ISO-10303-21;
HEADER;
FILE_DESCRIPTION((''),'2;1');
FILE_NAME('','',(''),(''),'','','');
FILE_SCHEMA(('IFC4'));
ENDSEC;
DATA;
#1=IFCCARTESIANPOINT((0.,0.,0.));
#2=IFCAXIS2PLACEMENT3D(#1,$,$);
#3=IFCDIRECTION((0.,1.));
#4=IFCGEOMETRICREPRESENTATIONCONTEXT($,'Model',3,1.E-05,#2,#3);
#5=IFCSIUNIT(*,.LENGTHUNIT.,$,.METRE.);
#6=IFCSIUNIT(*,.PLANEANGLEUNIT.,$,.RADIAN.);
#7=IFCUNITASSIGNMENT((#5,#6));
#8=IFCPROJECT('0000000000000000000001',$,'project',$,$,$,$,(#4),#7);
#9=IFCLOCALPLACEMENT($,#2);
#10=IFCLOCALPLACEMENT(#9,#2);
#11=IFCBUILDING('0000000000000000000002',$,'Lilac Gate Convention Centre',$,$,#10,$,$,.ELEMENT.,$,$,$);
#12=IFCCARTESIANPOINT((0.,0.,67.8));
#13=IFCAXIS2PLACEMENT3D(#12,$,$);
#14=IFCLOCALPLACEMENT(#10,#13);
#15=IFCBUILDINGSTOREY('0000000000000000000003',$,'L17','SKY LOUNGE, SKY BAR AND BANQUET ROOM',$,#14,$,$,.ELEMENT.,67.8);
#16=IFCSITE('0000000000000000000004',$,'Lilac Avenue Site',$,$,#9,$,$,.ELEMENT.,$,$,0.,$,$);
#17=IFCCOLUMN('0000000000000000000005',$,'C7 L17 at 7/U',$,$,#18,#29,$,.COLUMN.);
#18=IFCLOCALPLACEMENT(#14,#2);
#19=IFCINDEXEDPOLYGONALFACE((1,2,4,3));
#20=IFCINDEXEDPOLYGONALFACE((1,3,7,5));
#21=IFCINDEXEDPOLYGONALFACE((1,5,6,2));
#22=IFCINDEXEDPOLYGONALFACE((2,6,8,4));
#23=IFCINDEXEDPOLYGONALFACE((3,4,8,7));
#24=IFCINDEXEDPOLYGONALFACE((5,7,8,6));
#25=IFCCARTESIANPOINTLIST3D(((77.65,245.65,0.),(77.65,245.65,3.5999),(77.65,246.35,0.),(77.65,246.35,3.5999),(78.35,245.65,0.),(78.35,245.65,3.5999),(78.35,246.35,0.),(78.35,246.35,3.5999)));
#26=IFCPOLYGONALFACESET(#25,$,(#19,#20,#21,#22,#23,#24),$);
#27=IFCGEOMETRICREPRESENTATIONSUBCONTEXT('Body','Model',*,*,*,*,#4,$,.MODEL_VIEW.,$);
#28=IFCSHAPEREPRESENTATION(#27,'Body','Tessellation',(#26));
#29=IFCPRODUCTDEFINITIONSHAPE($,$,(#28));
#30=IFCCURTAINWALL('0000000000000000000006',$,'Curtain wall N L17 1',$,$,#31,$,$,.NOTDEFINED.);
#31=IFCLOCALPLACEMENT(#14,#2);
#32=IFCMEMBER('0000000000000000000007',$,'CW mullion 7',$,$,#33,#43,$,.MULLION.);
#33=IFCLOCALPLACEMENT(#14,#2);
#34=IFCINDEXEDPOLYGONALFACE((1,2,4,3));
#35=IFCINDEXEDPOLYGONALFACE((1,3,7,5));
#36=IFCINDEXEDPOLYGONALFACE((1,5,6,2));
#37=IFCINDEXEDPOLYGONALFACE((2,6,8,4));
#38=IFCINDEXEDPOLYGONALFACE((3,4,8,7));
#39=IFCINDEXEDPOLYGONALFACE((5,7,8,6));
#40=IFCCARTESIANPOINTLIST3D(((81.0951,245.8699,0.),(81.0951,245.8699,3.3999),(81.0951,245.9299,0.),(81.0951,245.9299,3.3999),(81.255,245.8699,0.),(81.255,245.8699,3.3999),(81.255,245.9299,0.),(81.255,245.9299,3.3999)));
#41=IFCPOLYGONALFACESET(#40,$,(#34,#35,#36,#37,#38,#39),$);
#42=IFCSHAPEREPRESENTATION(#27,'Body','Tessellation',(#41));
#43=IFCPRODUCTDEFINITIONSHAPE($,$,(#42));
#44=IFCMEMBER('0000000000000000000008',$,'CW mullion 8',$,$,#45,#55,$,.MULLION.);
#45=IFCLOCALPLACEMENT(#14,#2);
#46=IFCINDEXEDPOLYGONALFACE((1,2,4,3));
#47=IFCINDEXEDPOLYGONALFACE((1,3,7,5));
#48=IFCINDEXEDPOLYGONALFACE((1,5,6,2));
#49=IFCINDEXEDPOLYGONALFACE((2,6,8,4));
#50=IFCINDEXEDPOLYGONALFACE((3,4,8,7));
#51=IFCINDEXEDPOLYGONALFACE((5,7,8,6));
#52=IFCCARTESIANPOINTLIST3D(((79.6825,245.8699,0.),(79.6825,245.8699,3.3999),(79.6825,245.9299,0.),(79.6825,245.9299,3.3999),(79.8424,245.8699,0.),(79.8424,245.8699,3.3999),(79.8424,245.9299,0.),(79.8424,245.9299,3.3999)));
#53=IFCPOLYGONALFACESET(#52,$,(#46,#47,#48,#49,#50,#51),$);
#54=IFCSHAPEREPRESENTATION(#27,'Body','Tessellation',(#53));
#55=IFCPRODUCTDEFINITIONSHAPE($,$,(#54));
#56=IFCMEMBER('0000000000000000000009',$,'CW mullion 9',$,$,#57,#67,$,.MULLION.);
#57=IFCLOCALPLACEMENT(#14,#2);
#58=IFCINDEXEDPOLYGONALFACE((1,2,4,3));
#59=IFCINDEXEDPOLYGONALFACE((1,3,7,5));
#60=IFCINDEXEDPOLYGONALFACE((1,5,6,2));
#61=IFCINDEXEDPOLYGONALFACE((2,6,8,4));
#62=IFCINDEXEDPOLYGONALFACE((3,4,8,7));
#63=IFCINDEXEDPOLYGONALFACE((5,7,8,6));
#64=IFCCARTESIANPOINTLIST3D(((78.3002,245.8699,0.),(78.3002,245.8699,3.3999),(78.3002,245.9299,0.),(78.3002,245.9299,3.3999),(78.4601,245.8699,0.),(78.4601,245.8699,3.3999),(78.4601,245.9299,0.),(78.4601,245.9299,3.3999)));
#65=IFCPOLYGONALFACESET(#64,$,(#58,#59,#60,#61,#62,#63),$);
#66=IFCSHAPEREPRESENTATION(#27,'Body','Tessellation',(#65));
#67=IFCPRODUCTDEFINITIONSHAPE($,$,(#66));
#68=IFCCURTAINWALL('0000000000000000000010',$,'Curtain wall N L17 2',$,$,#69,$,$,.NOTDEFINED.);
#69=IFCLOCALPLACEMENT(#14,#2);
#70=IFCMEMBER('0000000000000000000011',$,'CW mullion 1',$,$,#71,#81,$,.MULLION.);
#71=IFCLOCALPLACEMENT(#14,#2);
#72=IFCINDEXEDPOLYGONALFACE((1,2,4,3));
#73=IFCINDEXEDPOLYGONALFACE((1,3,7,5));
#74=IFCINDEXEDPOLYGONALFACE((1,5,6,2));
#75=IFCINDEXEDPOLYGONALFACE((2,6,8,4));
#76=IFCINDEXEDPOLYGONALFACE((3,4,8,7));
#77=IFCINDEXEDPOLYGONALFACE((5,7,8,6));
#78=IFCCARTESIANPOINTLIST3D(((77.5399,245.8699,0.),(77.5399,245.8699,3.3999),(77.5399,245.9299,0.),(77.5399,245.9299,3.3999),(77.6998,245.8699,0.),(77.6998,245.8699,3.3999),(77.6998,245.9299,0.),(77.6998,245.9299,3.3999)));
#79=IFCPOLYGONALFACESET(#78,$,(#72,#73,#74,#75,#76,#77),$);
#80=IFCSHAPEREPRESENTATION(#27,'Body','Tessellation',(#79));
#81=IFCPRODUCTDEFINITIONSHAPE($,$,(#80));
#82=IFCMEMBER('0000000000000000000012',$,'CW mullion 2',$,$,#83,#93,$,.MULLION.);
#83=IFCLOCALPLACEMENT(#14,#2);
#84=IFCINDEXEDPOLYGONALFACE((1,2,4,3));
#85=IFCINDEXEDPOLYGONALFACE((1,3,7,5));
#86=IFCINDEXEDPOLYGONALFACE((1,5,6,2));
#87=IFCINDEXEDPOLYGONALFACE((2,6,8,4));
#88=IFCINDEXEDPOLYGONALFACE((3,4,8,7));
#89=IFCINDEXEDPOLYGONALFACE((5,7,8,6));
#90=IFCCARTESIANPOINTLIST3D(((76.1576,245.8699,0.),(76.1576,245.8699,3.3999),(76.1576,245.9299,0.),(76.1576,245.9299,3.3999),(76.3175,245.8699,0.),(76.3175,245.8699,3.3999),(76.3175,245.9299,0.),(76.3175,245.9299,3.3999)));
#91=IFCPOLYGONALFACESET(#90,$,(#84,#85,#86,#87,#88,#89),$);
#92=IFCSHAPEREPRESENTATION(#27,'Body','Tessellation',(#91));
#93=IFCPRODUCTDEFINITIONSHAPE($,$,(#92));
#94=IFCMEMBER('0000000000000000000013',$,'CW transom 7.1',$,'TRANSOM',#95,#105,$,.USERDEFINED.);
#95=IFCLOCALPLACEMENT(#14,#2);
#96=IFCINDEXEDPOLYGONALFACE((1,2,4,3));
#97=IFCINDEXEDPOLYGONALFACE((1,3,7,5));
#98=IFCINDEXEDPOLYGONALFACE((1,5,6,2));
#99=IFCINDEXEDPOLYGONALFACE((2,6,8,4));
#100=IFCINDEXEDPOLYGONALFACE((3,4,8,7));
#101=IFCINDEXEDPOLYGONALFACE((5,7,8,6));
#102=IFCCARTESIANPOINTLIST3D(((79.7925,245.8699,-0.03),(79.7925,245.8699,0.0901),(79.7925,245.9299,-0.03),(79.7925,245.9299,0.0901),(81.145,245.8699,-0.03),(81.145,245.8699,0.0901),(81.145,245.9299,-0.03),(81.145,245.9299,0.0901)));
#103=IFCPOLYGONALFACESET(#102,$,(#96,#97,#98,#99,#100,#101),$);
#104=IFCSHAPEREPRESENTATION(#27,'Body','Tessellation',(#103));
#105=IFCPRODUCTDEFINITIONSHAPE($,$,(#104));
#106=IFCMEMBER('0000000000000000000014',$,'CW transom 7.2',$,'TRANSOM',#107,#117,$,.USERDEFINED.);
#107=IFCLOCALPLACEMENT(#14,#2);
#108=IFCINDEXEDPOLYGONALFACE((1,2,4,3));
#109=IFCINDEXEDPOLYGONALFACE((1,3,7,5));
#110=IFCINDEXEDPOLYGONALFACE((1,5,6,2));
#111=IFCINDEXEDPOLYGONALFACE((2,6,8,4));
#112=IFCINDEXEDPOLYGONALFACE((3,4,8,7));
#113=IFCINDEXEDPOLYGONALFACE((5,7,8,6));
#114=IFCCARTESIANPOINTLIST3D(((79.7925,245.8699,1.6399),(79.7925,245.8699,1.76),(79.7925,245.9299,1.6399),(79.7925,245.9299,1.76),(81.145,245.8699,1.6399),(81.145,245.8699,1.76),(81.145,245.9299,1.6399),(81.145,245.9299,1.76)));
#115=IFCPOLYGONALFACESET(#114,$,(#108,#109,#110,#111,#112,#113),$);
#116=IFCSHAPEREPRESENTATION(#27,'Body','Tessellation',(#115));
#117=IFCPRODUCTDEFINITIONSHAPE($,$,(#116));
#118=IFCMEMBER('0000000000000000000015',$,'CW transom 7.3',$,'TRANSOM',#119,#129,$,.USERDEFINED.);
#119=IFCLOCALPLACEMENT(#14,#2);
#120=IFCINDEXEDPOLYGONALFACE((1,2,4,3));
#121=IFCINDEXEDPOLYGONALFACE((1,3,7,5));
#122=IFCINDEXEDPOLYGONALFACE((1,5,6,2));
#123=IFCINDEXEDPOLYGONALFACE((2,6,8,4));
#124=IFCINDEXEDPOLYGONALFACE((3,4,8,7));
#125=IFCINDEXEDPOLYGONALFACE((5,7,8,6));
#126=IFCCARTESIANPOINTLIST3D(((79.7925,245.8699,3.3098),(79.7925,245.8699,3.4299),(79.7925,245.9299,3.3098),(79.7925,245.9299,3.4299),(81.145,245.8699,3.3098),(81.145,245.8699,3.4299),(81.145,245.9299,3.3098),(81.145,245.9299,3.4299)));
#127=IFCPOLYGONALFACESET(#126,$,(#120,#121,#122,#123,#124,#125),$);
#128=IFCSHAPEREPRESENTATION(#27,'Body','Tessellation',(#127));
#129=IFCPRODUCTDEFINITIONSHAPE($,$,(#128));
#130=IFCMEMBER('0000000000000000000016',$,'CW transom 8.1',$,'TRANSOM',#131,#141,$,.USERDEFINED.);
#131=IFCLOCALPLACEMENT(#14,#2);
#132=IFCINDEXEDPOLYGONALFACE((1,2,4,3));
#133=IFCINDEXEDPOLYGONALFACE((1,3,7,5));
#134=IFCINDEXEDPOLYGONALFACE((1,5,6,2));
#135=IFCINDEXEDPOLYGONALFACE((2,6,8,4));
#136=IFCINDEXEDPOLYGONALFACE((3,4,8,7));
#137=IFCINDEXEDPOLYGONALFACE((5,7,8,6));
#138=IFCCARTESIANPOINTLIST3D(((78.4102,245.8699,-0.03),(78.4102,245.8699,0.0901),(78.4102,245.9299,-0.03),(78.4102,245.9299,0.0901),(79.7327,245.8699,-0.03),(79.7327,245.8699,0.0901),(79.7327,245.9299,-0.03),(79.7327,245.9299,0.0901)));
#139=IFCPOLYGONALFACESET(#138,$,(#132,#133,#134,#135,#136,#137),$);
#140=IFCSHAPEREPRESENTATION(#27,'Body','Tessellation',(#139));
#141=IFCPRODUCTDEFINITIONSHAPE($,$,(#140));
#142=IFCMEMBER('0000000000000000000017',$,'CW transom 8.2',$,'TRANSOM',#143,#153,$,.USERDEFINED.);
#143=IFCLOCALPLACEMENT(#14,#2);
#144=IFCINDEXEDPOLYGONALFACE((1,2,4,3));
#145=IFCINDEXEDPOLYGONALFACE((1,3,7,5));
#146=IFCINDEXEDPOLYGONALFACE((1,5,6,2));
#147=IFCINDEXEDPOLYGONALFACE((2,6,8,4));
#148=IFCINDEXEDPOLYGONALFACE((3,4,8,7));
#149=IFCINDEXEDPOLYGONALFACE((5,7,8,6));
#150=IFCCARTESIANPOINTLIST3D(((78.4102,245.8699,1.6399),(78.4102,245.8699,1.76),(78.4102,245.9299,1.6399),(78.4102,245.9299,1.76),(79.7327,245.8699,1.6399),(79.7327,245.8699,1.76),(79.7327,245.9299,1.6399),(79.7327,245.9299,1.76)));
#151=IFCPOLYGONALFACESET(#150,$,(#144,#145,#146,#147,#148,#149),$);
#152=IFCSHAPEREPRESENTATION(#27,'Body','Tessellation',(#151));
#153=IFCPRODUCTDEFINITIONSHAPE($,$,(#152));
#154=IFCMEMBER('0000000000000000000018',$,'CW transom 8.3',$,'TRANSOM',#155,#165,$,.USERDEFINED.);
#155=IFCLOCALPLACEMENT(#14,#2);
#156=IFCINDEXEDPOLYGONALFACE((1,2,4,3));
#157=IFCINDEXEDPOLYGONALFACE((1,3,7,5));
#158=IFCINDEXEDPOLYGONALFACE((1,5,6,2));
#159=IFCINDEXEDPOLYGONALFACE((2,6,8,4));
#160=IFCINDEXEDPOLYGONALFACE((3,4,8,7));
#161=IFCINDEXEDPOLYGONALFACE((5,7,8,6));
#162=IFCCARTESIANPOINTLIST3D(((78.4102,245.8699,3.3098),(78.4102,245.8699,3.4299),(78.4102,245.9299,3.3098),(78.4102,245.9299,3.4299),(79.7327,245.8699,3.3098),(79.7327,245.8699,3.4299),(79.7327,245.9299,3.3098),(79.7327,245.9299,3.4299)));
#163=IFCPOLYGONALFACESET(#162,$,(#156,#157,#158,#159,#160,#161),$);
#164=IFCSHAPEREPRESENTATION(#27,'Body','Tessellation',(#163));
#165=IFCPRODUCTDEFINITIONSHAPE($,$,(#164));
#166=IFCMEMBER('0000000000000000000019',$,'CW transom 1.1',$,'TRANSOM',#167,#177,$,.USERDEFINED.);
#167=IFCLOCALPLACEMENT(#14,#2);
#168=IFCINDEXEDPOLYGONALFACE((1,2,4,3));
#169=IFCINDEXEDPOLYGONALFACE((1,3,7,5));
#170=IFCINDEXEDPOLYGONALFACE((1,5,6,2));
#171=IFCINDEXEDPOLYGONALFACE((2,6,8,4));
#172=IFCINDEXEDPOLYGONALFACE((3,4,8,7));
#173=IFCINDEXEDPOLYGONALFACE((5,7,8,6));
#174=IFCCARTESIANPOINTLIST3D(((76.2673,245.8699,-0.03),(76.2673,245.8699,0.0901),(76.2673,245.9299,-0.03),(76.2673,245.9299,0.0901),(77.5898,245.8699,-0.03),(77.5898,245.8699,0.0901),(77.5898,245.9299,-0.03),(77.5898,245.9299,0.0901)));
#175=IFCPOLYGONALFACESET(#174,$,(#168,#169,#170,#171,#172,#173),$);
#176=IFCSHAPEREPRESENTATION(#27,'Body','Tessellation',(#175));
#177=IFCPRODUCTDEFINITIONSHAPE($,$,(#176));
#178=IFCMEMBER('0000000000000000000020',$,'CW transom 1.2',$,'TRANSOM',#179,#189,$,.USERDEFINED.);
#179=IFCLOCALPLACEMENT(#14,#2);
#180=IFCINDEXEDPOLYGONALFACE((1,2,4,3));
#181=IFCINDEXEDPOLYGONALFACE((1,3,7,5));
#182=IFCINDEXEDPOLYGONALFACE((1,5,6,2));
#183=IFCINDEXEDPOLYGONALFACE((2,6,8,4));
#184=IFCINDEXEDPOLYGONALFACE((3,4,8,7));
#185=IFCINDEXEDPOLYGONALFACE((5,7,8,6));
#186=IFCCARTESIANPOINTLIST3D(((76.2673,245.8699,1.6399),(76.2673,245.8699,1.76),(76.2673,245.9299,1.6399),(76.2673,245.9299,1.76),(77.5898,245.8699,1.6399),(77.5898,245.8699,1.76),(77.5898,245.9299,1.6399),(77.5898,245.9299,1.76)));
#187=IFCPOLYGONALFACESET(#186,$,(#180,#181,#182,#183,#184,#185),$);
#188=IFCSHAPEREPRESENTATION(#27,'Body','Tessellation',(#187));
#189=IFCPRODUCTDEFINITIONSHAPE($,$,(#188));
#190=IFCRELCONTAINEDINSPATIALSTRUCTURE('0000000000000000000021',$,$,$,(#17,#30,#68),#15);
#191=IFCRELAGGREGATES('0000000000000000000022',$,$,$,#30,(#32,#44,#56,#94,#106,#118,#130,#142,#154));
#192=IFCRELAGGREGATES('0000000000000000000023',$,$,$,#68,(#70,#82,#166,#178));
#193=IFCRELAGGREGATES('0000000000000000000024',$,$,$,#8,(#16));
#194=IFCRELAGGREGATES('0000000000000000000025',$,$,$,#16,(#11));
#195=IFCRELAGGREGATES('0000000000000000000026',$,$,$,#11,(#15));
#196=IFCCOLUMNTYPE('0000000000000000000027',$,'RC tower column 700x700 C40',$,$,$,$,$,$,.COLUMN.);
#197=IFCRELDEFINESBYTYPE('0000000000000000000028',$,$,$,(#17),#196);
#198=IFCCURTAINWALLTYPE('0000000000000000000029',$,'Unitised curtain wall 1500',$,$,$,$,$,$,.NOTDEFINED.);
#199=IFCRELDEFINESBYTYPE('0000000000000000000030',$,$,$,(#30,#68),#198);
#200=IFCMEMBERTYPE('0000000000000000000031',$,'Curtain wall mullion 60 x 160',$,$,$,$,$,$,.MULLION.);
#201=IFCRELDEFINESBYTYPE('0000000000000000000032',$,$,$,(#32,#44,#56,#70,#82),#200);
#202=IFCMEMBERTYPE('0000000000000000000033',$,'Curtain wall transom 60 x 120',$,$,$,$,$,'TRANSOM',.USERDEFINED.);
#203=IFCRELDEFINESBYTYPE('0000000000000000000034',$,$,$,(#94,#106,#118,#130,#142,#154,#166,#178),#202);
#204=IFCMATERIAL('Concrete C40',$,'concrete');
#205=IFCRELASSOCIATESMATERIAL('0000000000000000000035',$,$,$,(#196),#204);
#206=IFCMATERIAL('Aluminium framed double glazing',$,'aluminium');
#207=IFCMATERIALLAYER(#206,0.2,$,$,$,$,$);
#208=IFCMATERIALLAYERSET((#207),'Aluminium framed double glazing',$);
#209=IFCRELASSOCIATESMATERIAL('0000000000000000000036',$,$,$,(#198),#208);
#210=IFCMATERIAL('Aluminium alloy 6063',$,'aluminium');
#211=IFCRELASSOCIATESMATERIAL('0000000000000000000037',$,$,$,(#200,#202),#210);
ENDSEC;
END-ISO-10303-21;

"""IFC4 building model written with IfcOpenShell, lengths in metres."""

from ifc_helpers import new_model, si_unit, direction, frame, origin, origin_2d, place, context, subcontext, project, spatial, rectangle, extrude, material, layer, layer_set, material_profile, profile_set, type_object, element, aggregate, save


model = new_model("IFC4")

# Units and contexts
model_context = context("Model", 3, precision=1e-05, world=origin(), true_north=direction((0.0, 1.0)))
body_context = subcontext(model_context, "Body", "Model", "MODEL_VIEW")
ifc_project = project(units=[si_unit("LENGTHUNIT", "METRE"), si_unit("PLANEANGLEUNIT", "RADIAN")], contexts=[model_context])

# Site, building, storey
site_placement = place(None, origin())
site = spatial("IfcSite", under=ifc_project, at=site_placement, Name="Lilac Avenue Site", CompositionType="ELEMENT", RefElevation=0.0)
building_placement = place(site_placement, origin())
building = spatial("IfcBuilding", under=site, at=building_placement, Name="Lilac Gate Convention Centre", CompositionType="ELEMENT")
storey_placement = place(building_placement, frame((0.0, 0.0, 67.8)))
storey = spatial("IfcBuildingStorey", under=building, at=storey_placement, Name="L17", Description="SKY LOUNGE, SKY BAR AND BANQUET ROOM", CompositionType="ELEMENT", Elevation=67.8)

# Column
ifc_material_1 = material(Name="Concrete C40", Category="concrete")
ifc_material_profile_1 = material_profile(ifc_material_1, rectangle(XDim=0.7, YDim=0.7, at=origin_2d()), Name="RC 700x700")
ifc_profile_set_1 = profile_set([ifc_material_profile_1], Name="Concrete C40")
column_type = type_object("IfcColumnType", Name="RC tower column 700x700 C40", PredefinedType="COLUMN", material=ifc_profile_set_1)
column_placement = place(storey_placement, frame((78.0, 246.0, 0.0), z_axis=(0.0, 0.0, 1.0), x_axis=(1.0, 0.0, 0.0)))
element("IfcColumn", 1, at=column_placement, inside=storey, type_object=column_type, Name="C7 L17 at 7/U", PredefinedType="COLUMN", context=body_context, shape_type="SweptSolid", body=[
    extrude(rectangle(XDim=0.7, YDim=0.7, at=origin_2d()), origin(), (0.0, 0.0, 1.0), 3.5999),
])

# Curtain walls, members
ifc_material_2 = material(Name="Aluminium framed double glazing", Category="aluminium")
ifc_layer_1 = layer(ifc_material_2, 0.2)
ifc_layer_set_1 = layer_set([ifc_layer_1], Name="Aluminium framed double glazing")
curtain_wall_type = type_object("IfcCurtainWallType", Name="Unitised curtain wall 1500", PredefinedType="NOTDEFINED", material=ifc_layer_set_1)
curtain_wall_1_placement = place(storey_placement, origin())
curtain_wall_1 = element("IfcCurtainWall", 2, at=curtain_wall_1_placement, inside=storey, type_object=curtain_wall_type, Name="Curtain wall N L17 1", PredefinedType="NOTDEFINED")
ifc_material_3 = material(Name="Aluminium alloy 6063", Category="aluminium")
ifc_material_profile_2 = material_profile(ifc_material_3, rectangle(XDim=0.0601, YDim=0.1599, at=origin_2d()), Name="Curtain wall mullion 60 x 160")
ifc_profile_set_2 = profile_set([ifc_material_profile_2], Name="Aluminium alloy 6063")
member_type_1 = type_object("IfcMemberType", Name="Curtain wall mullion 60 x 160", PredefinedType="MULLION", material=ifc_profile_set_2)
member_1_placement = place(storey_placement, frame((81.175, 245.8999, 0.0), z_axis=(0.0, 0.0, 1.0), x_axis=(0.0, -1.0, 0.0)))
member_1 = element("IfcMember", 3, at=member_1_placement, type_object=member_type_1, Name="CW mullion 7", PredefinedType="MULLION", context=body_context, shape_type="SweptSolid", body=[
    extrude(rectangle(XDim=0.0601, YDim=0.1599, at=origin_2d()), origin(), (0.0, 0.0, 1.0), 3.3999),
])
member_2_placement = place(storey_placement, frame((79.7625, 245.8999, 0.0), z_axis=(0.0, 0.0, 1.0), x_axis=(0.0, -1.0, 0.0)))
member_2 = element("IfcMember", 4, at=member_2_placement, type_object=member_type_1, Name="CW mullion 8", PredefinedType="MULLION", context=body_context, shape_type="SweptSolid", body=[
    extrude(rectangle(XDim=0.0601, YDim=0.1599, at=origin_2d()), origin(), (0.0, 0.0, 1.0), 3.3999),
])
member_3_placement = place(storey_placement, frame((78.3801, 245.8999, 0.0), z_axis=(0.0, 0.0, 1.0), x_axis=(0.0, -1.0, 0.0)))
member_3 = element("IfcMember", 5, at=member_3_placement, type_object=member_type_1, Name="CW mullion 9", PredefinedType="MULLION", context=body_context, shape_type="SweptSolid", body=[
    extrude(rectangle(XDim=0.0601, YDim=0.1599, at=origin_2d()), origin(), (0.0, 0.0, 1.0), 3.3999),
])
curtain_wall_2_placement = place(storey_placement, origin())
curtain_wall_2 = element("IfcCurtainWall", 6, at=curtain_wall_2_placement, inside=storey, type_object=curtain_wall_type, Name="Curtain wall N L17 2", PredefinedType="NOTDEFINED")
member_4_placement = place(storey_placement, frame((77.6199, 245.8999, 0.0), z_axis=(0.0, 0.0, 1.0), x_axis=(0.0, -1.0, 0.0)))
member_4 = element("IfcMember", 7, at=member_4_placement, type_object=member_type_1, Name="CW mullion 1", PredefinedType="MULLION", context=body_context, shape_type="SweptSolid", body=[
    extrude(rectangle(XDim=0.0601, YDim=0.1599, at=origin_2d()), origin(), (0.0, 0.0, 1.0), 3.3999),
])
member_5_placement = place(storey_placement, frame((76.2375, 245.8999, 0.0), z_axis=(0.0, 0.0, 1.0), x_axis=(0.0, -1.0, 0.0)))
member_5 = element("IfcMember", 8, at=member_5_placement, type_object=member_type_1, Name="CW mullion 2", PredefinedType="MULLION", context=body_context, shape_type="SweptSolid", body=[
    extrude(rectangle(XDim=0.0601, YDim=0.1599, at=origin_2d()), origin(), (0.0, 0.0, 1.0), 3.3999),
])

# Members
ifc_material_profile_3 = material_profile(ifc_material_3, rectangle(XDim=0.0601, YDim=0.1201, at=origin_2d()), Name="Curtain wall transom 60 x 120")
ifc_profile_set_3 = profile_set([ifc_material_profile_3], Name="Aluminium alloy 6063")
member_type_2 = type_object("IfcMemberType", Name="Curtain wall transom 60 x 120", ElementType="TRANSOM", PredefinedType="USERDEFINED", material=ifc_profile_set_3)
member_6_placement = place(storey_placement, frame((81.145, 245.8999, 0.03), z_axis=(-1.0, 0.0, 0.0), x_axis=(0.0, -1.0, 0.0)))
member_6 = element("IfcMember", 9, at=member_6_placement, type_object=member_type_2, Name="CW transom 7.1", ObjectType="TRANSOM", PredefinedType="USERDEFINED", context=body_context, shape_type="SweptSolid", body=[
    extrude(rectangle(XDim=0.0601, YDim=0.1201, at=origin_2d()), origin(), (0.0, 0.0, 1.0), 1.3525),
])
member_7_placement = place(storey_placement, frame((81.145, 245.8999, 1.7), z_axis=(-1.0, 0.0, 0.0), x_axis=(0.0, -1.0, 0.0)))
member_7 = element("IfcMember", 10, at=member_7_placement, type_object=member_type_2, Name="CW transom 7.2", ObjectType="TRANSOM", PredefinedType="USERDEFINED", context=body_context, shape_type="SweptSolid", body=[
    extrude(rectangle(XDim=0.0601, YDim=0.1201, at=origin_2d()), origin(), (0.0, 0.0, 1.0), 1.3525),
])
member_8_placement = place(storey_placement, frame((81.145, 245.8999, 3.3699), z_axis=(-1.0, 0.0, 0.0), x_axis=(0.0, -1.0, 0.0)))
member_8 = element("IfcMember", 11, at=member_8_placement, type_object=member_type_2, Name="CW transom 7.3", ObjectType="TRANSOM", PredefinedType="USERDEFINED", context=body_context, shape_type="SweptSolid", body=[
    extrude(rectangle(XDim=0.0601, YDim=0.1201, at=origin_2d()), origin(), (0.0, 0.0, 1.0), 1.3525),
])
member_9_placement = place(storey_placement, frame((79.7327, 245.8999, 0.03), z_axis=(-1.0, 0.0, 0.0), x_axis=(0.0, -1.0, 0.0)))
member_9 = element("IfcMember", 12, at=member_9_placement, type_object=member_type_2, Name="CW transom 8.1", ObjectType="TRANSOM", PredefinedType="USERDEFINED", context=body_context, shape_type="SweptSolid", body=[
    extrude(rectangle(XDim=0.0601, YDim=0.1201, at=origin_2d()), origin(), (0.0, 0.0, 1.0), 1.3225),
])
member_10_placement = place(storey_placement, frame((79.7327, 245.8999, 1.7), z_axis=(-1.0, 0.0, 0.0), x_axis=(0.0, -1.0, 0.0)))
member_10 = element("IfcMember", 13, at=member_10_placement, type_object=member_type_2, Name="CW transom 8.2", ObjectType="TRANSOM", PredefinedType="USERDEFINED", context=body_context, shape_type="SweptSolid", body=[
    extrude(rectangle(XDim=0.0601, YDim=0.1201, at=origin_2d()), origin(), (0.0, 0.0, 1.0), 1.3225),
])
member_11_placement = place(storey_placement, frame((79.7327, 245.8999, 3.3699), z_axis=(-1.0, 0.0, 0.0), x_axis=(0.0, -1.0, 0.0)))
member_11 = element("IfcMember", 14, at=member_11_placement, type_object=member_type_2, Name="CW transom 8.3", ObjectType="TRANSOM", PredefinedType="USERDEFINED", context=body_context, shape_type="SweptSolid", body=[
    extrude(rectangle(XDim=0.0601, YDim=0.1201, at=origin_2d()), origin(), (0.0, 0.0, 1.0), 1.3225),
])
member_12_placement = place(storey_placement, frame((77.5898, 245.8999, 0.03), z_axis=(-1.0, 0.0, 0.0), x_axis=(0.0, -1.0, 0.0)))
member_12 = element("IfcMember", 15, at=member_12_placement, type_object=member_type_2, Name="CW transom 1.1", ObjectType="TRANSOM", PredefinedType="USERDEFINED", context=body_context, shape_type="SweptSolid", body=[
    extrude(rectangle(XDim=0.0601, YDim=0.1201, at=origin_2d()), origin(), (0.0, 0.0, 1.0), 1.3225),
])
member_13_placement = place(storey_placement, frame((77.5898, 245.8999, 1.7), z_axis=(-1.0, 0.0, 0.0), x_axis=(0.0, -1.0, 0.0)))
member_13 = element("IfcMember", 16, at=member_13_placement, type_object=member_type_2, Name="CW transom 1.2", ObjectType="TRANSOM", PredefinedType="USERDEFINED", context=body_context, shape_type="SweptSolid", body=[
    extrude(rectangle(XDim=0.0601, YDim=0.1201, at=origin_2d()), origin(), (0.0, 0.0, 1.0), 1.3225),
])

aggregate(curtain_wall_1, [member_1, member_2, member_3, member_6, member_7, member_8, member_9, member_10, member_11])
aggregate(curtain_wall_2, [member_4, member_5, member_12, member_13])

save(model, "model.ifc")
